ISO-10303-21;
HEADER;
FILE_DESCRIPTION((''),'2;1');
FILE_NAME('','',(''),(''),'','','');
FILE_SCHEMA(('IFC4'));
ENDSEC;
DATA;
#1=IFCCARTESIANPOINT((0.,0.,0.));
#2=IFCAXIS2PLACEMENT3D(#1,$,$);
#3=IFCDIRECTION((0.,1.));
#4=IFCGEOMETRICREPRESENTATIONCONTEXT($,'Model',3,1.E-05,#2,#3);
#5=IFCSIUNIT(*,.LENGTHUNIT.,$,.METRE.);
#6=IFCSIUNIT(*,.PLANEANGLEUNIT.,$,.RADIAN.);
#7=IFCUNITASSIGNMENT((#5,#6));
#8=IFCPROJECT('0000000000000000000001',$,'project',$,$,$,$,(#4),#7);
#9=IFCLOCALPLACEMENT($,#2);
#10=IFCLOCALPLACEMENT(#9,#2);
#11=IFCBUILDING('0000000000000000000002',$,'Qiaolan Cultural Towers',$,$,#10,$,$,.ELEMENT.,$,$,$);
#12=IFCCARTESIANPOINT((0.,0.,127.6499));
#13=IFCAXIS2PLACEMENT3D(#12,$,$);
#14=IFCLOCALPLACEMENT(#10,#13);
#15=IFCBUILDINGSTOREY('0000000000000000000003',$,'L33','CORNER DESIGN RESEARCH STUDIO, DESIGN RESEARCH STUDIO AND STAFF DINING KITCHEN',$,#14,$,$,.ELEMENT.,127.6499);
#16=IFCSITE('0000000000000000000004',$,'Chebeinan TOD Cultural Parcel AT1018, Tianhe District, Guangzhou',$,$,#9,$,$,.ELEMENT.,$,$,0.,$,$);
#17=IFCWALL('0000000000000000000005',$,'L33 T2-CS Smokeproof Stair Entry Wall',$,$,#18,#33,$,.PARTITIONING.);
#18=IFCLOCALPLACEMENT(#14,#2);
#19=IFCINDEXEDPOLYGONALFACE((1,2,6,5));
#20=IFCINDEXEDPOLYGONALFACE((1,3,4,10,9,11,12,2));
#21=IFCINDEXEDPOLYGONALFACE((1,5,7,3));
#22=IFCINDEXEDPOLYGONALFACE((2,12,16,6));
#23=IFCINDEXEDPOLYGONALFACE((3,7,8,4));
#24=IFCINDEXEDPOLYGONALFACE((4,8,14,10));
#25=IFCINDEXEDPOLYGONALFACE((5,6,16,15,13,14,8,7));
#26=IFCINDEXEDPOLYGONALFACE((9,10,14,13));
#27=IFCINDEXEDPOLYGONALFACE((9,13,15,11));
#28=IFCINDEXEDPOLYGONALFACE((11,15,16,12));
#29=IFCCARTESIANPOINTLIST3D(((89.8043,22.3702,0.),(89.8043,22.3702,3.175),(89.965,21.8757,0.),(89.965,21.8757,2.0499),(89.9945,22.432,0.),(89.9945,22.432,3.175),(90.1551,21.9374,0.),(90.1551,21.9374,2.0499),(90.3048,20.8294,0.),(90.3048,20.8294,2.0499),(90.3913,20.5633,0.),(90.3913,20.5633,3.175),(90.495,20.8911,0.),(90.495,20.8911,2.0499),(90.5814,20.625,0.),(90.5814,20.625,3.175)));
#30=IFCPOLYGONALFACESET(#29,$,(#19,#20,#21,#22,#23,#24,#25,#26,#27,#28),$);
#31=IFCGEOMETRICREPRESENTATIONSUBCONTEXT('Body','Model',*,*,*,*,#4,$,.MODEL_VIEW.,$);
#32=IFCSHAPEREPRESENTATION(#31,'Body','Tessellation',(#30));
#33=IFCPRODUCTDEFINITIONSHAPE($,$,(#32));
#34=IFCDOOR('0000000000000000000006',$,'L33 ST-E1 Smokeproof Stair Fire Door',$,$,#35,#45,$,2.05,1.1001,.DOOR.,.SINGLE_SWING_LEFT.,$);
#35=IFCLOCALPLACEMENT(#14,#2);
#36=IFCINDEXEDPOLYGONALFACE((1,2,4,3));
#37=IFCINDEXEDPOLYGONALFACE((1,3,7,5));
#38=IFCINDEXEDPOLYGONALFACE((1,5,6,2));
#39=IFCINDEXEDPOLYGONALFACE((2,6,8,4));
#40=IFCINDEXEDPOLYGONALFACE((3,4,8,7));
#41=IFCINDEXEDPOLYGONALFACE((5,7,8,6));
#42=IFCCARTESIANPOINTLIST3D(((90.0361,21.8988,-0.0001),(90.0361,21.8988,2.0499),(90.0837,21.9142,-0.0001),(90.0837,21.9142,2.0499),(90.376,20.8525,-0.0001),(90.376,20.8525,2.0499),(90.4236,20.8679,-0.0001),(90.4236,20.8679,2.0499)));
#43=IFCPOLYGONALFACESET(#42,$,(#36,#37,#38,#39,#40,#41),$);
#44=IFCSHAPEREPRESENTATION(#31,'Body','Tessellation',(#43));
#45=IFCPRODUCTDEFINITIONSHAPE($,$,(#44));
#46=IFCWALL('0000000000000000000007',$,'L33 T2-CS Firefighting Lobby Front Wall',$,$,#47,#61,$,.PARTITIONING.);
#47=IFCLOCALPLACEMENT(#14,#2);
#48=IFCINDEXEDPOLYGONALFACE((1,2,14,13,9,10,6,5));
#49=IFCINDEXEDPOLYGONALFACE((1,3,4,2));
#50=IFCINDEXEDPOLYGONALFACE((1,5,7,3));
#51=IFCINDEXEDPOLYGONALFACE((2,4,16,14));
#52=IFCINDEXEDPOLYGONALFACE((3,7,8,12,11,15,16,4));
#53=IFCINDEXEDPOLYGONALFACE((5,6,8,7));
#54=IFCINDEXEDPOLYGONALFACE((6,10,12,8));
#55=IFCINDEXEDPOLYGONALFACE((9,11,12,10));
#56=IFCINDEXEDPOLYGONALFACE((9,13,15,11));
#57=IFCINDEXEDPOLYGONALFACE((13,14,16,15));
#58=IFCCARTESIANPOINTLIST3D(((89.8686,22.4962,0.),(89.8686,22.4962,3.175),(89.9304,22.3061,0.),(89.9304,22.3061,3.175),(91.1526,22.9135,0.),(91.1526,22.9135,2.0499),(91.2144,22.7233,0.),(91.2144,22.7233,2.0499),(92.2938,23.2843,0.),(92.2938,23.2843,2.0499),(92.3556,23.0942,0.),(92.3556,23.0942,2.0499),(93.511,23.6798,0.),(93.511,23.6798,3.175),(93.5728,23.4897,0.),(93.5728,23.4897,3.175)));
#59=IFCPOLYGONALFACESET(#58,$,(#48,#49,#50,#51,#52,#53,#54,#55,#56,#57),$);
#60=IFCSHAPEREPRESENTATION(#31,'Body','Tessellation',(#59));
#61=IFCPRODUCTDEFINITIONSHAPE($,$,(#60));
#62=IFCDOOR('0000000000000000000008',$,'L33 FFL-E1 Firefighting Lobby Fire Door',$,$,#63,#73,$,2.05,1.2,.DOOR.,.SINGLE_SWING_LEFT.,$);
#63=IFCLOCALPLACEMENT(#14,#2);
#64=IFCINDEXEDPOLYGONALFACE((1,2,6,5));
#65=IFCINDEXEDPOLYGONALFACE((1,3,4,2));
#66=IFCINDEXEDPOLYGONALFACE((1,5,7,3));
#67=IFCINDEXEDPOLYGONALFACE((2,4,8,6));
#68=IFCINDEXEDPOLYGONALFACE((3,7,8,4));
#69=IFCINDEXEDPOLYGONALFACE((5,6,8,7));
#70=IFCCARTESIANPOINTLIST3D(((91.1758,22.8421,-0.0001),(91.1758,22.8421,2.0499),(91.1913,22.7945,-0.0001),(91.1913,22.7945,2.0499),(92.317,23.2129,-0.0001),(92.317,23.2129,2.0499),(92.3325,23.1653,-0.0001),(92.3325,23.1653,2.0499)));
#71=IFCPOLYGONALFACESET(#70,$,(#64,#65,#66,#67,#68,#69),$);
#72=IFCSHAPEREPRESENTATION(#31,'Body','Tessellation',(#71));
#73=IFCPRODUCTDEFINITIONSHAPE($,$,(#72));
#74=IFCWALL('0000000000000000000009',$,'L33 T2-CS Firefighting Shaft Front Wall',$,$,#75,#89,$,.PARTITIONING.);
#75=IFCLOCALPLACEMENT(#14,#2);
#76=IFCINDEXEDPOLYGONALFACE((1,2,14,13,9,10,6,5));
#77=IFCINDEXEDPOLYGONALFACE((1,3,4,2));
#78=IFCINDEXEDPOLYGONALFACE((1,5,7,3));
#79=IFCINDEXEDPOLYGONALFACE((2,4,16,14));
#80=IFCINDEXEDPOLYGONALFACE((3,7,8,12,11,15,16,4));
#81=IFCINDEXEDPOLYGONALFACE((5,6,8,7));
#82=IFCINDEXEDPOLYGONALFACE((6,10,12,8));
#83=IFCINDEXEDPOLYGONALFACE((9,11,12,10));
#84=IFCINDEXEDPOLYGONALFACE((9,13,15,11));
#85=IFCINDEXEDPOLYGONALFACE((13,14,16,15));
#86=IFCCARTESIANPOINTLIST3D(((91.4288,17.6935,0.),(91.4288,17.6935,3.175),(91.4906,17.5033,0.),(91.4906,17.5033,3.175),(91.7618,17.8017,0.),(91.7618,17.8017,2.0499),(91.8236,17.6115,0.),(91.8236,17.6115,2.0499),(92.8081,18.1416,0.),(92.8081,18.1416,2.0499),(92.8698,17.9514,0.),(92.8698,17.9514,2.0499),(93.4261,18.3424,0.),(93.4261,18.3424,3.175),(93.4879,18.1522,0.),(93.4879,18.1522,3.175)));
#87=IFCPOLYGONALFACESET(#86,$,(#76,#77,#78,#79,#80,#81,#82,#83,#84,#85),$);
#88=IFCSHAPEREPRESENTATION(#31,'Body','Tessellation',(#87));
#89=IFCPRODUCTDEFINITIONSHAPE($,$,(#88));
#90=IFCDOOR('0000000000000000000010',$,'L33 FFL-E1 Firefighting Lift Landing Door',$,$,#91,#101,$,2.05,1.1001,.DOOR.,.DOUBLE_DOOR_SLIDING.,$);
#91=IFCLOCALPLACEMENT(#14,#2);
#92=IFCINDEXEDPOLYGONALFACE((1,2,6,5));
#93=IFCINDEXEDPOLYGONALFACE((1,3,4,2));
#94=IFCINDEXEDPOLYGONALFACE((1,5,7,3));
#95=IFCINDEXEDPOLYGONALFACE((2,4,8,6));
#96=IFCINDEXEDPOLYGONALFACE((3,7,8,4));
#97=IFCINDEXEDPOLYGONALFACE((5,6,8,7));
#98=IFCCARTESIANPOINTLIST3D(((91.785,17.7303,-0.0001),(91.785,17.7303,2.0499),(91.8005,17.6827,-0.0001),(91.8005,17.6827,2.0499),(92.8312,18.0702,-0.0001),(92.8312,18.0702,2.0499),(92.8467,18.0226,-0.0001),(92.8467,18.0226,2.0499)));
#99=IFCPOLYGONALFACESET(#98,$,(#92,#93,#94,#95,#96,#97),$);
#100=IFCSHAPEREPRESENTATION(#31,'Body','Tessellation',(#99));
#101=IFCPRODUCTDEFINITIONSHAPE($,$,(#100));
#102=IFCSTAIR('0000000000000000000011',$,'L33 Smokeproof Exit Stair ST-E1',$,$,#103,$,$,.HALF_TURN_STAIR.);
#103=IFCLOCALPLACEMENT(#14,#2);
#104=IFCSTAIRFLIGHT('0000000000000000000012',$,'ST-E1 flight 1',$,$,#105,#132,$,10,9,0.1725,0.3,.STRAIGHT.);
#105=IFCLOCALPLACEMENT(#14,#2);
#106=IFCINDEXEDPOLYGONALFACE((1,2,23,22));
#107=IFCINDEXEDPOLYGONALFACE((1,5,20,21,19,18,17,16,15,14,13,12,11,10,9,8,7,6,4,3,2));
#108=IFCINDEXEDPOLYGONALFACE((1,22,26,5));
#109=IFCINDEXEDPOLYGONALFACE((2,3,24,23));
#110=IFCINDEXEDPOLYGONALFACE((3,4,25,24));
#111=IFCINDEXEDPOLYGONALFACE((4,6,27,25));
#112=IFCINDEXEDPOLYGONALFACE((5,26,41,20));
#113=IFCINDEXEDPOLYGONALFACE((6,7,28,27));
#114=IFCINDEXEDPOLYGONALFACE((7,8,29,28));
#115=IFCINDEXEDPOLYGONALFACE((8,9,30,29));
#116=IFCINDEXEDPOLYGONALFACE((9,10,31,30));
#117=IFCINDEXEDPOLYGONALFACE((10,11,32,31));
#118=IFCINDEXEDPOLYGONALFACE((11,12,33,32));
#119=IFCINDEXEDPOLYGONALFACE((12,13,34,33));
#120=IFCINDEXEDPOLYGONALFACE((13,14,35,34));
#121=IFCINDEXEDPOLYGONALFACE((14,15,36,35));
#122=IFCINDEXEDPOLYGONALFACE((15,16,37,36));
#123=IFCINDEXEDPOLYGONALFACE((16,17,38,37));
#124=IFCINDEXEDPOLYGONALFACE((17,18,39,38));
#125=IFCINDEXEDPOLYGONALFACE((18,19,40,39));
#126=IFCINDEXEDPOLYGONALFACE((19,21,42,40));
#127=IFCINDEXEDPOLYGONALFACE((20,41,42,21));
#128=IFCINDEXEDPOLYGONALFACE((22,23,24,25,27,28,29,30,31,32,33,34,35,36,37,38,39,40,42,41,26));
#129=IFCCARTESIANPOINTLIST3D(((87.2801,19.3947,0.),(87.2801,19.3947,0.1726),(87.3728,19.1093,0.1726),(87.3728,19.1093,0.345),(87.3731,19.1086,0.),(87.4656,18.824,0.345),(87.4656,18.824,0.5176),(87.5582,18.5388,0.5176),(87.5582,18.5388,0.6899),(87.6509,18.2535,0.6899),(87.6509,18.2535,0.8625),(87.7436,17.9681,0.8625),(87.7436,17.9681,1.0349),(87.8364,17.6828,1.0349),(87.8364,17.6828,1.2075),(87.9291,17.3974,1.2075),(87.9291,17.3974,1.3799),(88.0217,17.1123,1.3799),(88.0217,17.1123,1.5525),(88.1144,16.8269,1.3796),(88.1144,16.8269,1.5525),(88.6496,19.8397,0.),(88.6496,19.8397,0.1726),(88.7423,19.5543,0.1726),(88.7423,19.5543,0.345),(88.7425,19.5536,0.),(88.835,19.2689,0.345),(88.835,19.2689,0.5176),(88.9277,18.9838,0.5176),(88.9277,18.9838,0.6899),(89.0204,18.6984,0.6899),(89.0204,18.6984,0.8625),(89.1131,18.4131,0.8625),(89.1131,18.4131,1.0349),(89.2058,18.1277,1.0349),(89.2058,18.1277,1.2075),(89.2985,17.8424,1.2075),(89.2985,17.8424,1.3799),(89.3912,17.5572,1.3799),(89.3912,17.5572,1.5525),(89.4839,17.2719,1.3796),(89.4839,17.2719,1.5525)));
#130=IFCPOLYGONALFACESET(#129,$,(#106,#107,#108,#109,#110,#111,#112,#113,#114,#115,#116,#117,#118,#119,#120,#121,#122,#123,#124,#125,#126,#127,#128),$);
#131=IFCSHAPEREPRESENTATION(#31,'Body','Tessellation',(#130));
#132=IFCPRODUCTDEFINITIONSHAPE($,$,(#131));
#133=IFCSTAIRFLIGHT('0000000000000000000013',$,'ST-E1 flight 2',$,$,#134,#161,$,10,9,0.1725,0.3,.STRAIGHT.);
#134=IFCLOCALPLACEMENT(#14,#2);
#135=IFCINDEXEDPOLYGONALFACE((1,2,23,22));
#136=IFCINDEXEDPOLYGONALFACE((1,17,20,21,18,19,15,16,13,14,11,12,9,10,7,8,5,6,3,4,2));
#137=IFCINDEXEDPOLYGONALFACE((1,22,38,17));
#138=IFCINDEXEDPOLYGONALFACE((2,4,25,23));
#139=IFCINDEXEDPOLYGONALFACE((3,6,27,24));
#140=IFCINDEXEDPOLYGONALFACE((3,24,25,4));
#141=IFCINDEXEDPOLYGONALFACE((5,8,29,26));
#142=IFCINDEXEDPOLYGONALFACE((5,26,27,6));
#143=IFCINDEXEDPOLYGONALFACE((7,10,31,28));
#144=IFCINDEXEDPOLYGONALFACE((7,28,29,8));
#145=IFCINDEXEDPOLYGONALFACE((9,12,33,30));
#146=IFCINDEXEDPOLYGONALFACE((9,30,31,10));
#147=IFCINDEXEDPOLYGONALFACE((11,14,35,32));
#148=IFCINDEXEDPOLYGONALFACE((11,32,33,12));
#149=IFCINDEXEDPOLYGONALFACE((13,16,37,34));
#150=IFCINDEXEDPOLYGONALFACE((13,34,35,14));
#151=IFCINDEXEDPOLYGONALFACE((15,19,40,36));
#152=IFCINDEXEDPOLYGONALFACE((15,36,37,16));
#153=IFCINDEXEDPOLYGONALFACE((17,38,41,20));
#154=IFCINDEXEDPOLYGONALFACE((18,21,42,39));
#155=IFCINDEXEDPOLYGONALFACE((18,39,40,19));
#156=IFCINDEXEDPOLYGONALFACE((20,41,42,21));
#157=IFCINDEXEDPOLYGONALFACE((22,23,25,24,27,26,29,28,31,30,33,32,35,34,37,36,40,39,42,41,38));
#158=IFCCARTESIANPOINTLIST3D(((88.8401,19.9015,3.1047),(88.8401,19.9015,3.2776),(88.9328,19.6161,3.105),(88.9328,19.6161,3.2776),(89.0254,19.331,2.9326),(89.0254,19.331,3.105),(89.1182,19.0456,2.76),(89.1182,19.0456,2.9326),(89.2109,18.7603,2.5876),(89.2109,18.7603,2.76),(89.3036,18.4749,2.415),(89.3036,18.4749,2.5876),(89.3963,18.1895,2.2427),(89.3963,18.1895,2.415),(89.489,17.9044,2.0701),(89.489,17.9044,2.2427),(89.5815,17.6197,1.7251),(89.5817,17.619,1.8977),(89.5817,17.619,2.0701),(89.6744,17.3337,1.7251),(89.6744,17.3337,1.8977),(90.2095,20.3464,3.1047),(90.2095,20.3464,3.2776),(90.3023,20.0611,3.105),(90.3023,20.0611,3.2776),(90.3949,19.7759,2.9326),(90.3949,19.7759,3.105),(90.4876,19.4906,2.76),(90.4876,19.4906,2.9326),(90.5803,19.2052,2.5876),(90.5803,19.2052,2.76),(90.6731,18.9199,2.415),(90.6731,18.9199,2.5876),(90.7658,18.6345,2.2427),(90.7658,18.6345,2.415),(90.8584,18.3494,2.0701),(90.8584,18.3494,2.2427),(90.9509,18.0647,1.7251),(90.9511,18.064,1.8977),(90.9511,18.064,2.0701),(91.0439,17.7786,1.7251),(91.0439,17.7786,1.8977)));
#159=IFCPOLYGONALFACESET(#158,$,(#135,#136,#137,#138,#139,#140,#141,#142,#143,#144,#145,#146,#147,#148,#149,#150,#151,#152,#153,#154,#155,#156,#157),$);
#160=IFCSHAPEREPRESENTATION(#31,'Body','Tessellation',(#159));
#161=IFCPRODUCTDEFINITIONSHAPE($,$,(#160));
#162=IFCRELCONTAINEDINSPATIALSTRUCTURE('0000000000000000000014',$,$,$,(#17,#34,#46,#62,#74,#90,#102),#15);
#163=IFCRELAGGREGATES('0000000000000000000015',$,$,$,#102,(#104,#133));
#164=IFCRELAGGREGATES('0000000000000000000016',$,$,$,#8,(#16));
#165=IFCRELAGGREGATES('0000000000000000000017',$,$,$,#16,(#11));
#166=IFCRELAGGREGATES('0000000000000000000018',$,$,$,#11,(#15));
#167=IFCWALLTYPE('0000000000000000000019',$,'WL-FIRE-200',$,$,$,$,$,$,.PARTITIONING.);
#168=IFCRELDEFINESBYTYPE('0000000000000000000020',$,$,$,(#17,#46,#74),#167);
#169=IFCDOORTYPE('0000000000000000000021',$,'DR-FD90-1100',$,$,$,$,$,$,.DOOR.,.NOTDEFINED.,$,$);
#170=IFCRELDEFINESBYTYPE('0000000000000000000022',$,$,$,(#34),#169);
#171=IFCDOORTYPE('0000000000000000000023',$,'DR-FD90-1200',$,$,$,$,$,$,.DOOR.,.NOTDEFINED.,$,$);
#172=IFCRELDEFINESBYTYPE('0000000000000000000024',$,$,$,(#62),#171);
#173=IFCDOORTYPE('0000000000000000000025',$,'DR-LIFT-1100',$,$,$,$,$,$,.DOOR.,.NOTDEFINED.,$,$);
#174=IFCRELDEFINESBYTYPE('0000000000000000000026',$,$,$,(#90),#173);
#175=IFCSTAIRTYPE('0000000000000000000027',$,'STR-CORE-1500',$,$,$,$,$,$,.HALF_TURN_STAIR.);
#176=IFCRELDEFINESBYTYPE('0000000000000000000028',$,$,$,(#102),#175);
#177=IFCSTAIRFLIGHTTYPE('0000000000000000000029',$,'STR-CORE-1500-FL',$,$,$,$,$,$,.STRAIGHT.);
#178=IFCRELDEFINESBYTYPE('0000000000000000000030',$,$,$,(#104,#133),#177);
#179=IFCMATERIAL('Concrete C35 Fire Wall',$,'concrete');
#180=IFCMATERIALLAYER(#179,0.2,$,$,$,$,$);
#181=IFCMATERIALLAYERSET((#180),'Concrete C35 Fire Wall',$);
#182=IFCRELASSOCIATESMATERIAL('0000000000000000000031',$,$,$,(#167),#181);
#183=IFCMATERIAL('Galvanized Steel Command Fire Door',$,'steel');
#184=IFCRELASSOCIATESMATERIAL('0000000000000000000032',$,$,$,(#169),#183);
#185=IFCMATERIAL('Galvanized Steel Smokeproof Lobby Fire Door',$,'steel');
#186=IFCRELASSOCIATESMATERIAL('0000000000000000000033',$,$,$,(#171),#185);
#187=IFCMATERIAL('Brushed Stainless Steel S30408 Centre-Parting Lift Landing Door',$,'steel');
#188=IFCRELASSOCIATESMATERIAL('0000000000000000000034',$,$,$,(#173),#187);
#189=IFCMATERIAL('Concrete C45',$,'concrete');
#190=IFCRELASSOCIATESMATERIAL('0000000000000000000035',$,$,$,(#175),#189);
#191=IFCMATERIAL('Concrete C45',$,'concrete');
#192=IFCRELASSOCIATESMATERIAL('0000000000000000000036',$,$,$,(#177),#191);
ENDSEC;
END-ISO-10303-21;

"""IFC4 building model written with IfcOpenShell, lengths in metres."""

from ifc_helpers import new_model, si_unit, direction, frame, frame_2d, origin, place, context, subcontext, project, spatial, polyline, rectangle, outline, extrude, material, layer, layer_set, type_object, element, fill, aggregate, save


model = new_model("IFC4")

# Units and contexts
model_context = context("Model", 3, precision=1e-05, world=origin(), true_north=direction((0.0, 1.0)))
body_context = subcontext(model_context, "Body", "Model", "MODEL_VIEW")
ifc_project = project(units=[si_unit("LENGTHUNIT", "METRE"), si_unit("PLANEANGLEUNIT", "RADIAN")], contexts=[model_context])

# Site, building, storey
site_placement = place(None, origin())
site = spatial("IfcSite", under=ifc_project, at=site_placement, Name="Chebeinan TOD Cultural Parcel AT1018, Tianhe District, Guangzhou", CompositionType="ELEMENT", RefElevation=0.0)
building_placement = place(site_placement, origin())
building = spatial("IfcBuilding", under=site, at=building_placement, Name="Qiaolan Cultural Towers", CompositionType="ELEMENT")
storey_placement = place(building_placement, frame((0.0, 0.0, 127.6499)))
storey = spatial("IfcBuildingStorey", under=building, at=storey_placement, Name="L33", Description="CORNER DESIGN RESEARCH STUDIO, DESIGN RESEARCH STUDIO AND STAFF DINING KITCHEN", CompositionType="ELEMENT", Elevation=127.6499)

# Walls, openings, doors
ifc_material_1 = material(Name="Concrete C35 Fire Wall", Category="concrete")
ifc_layer_1 = layer(ifc_material_1, 0.2)
ifc_layer_set_1 = layer_set([ifc_layer_1], Name="Concrete C35 Fire Wall")
wall_type_1 = type_object("IfcWallType", Name="WL-FIRE-200", PredefinedType="PARTITIONING", material=ifc_layer_set_1)
wall_1_placement = place(storey_placement, frame((89.8994, 22.4011, 0.0), z_axis=(0.0, 0.0, 1.0), x_axis=(0.308932, -0.951084, 0.0)))
wall_1 = element("IfcWall", 1, at=wall_1_placement, inside=storey, type_object=wall_type_1, Name="L33 T2-CS Smokeproof Stair Entry Wall", PredefinedType="PARTITIONING", context=body_context, shape_type="SweptSolid", body=[
    extrude(rectangle(XDim=1.8999, YDim=0.2, at=frame_2d((0.95, 0.0))), origin(), (0.0, 0.0, 1.0), 3.175),
])
opening_1_placement = place(wall_1_placement, frame((0.52, 0.0, 0.0)))
opening_1 = element("IfcOpeningElement", 2, at=opening_1_placement, cuts=wall_1, PredefinedType="OPENING", context=body_context, shape_type="SweptSolid", body=[
    extrude(rectangle(XDim=1.1001, YDim=2.05, at=frame_2d((0.55, 1.0249))), frame((0.0, 0.1099, 0.0), z_axis=(0.0, -1.0, 0.0), x_axis=(1.0, 0.0, 0.0)), (0.0, 0.0, 1.0), 0.22),
])
ifc_material_2 = material(Name="Galvanized Steel Command Fire Door", Category="steel")
door_type_1 = type_object("IfcDoorType", Name="DR-FD90-1100", OperationType="NOTDEFINED", PredefinedType="DOOR", material=ifc_material_2)
door_1_placement = place(opening_1_placement, origin())
door_1 = element("IfcDoor", 3, at=door_1_placement, inside=storey, type_object=door_type_1, Name="L33 ST-E1 Smokeproof Stair Fire Door", OperationType="SINGLE_SWING_LEFT", OverallHeight=2.05, OverallWidth=1.1001, PredefinedType="DOOR", context=body_context, shape_type="SweptSolid", body=[
    extrude(rectangle(XDim=1.1001, YDim=2.05, at=frame_2d((0.55, 1.0249))), frame((0.0, 0.0249, 0.0), z_axis=(0.0, -1.0, 0.0), x_axis=(1.0, 0.0, 0.0)), (0.0, 0.0, 1.0), 0.05),
])
fill(opening_1, door_1)
wall_2_placement = place(storey_placement, frame((89.8994, 22.4011, 0.0), z_axis=(0.0, 0.0, 1.0), x_axis=(0.951047, 0.309047, 0.0)))
wall_2 = element("IfcWall", 4, at=wall_2_placement, inside=storey, type_object=wall_type_1, Name="L33 T2-CS Firefighting Lobby Front Wall", PredefinedType="PARTITIONING", context=body_context, shape_type="SweptSolid", body=[
    extrude(rectangle(XDim=3.8298, YDim=0.2, at=frame_2d((1.915, 0.0))), origin(), (0.0, 0.0, 1.0), 3.175),
])
opening_2_placement = place(wall_2_placement, frame((1.3501, 0.0, 0.0)))
opening_2 = element("IfcOpeningElement", 5, at=opening_2_placement, cuts=wall_2, PredefinedType="OPENING", context=body_context, shape_type="SweptSolid", body=[
    extrude(rectangle(XDim=1.2, YDim=2.05, at=frame_2d((0.6001, 1.0249))), frame((0.0, 0.1099, 0.0), z_axis=(0.0, -1.0, 0.0), x_axis=(1.0, 0.0, 0.0)), (0.0, 0.0, 1.0), 0.22),
])
ifc_material_3 = material(Name="Galvanized Steel Smokeproof Lobby Fire Door", Category="steel")
door_type_2 = type_object("IfcDoorType", Name="DR-FD90-1200", OperationType="NOTDEFINED", PredefinedType="DOOR", material=ifc_material_3)
door_2_placement = place(opening_2_placement, origin())
door_2 = element("IfcDoor", 6, at=door_2_placement, inside=storey, type_object=door_type_2, Name="L33 FFL-E1 Firefighting Lobby Fire Door", OperationType="SINGLE_SWING_LEFT", OverallHeight=2.05, OverallWidth=1.2, PredefinedType="DOOR", context=body_context, shape_type="SweptSolid", body=[
    extrude(rectangle(XDim=1.2, YDim=2.05, at=frame_2d((0.6001, 1.0249))), frame((0.0, 0.0249, 0.0), z_axis=(0.0, -1.0, 0.0), x_axis=(1.0, 0.0, 0.0)), (0.0, 0.0, 1.0), 0.05),
])
fill(opening_2, door_2)
wall_3_placement = place(storey_placement, frame((91.4597, 17.5984, 0.0), z_axis=(0.0, 0.0, 1.0), x_axis=(0.951062, 0.308999, 0.0)))
wall_3 = element("IfcWall", 7, at=wall_3_placement, inside=storey, type_object=wall_type_1, Name="L33 T2-CS Firefighting Shaft Front Wall", PredefinedType="PARTITIONING", context=body_context, shape_type="SweptSolid", body=[
    extrude(rectangle(XDim=2.1001, YDim=0.2, at=frame_2d((1.05, 0.0))), origin(), (0.0, 0.0, 1.0), 3.175),
])
opening_3_placement = place(wall_3_placement, frame((0.3501, 0.0, 0.0)))
opening_3 = element("IfcOpeningElement", 8, at=opening_3_placement, cuts=wall_3, PredefinedType="OPENING", context=body_context, shape_type="SweptSolid", body=[
    extrude(rectangle(XDim=1.1001, YDim=2.05, at=frame_2d((0.55, 1.0249))), frame((0.0, 0.1099, 0.0), z_axis=(0.0, -1.0, 0.0), x_axis=(1.0, 0.0, 0.0)), (0.0, 0.0, 1.0), 0.22),
])
ifc_material_4 = material(Name="Brushed Stainless Steel S30408 Centre-Parting Lift Landing Door", Category="steel")
door_type_3 = type_object("IfcDoorType", Name="DR-LIFT-1100", OperationType="NOTDEFINED", PredefinedType="DOOR", material=ifc_material_4)
door_3_placement = place(opening_3_placement, origin())
door_3 = element("IfcDoor", 9, at=door_3_placement, inside=storey, type_object=door_type_3, Name="L33 FFL-E1 Firefighting Lift Landing Door", OperationType="DOUBLE_DOOR_SLIDING", OverallHeight=2.05, OverallWidth=1.1001, PredefinedType="DOOR", context=body_context, shape_type="SweptSolid", body=[
    extrude(rectangle(XDim=1.1001, YDim=2.05, at=frame_2d((0.55, 1.0249))), frame((0.0, 0.0249, 0.0), z_axis=(0.0, -1.0, 0.0), x_axis=(1.0, 0.0, 0.0)), (0.0, 0.0, 1.0), 0.05),
])
fill(opening_3, door_3)

# Stair, stair flights
ifc_material_5 = material(Name="Concrete C45", Category="concrete")
stair_type = type_object("IfcStairType", Name="STR-CORE-1500", PredefinedType="HALF_TURN_STAIR", material=ifc_material_5)
stair_placement = place(storey_placement, origin())
stair = element("IfcStair", 10, at=stair_placement, inside=storey, type_object=stair_type, Name="L33 Smokeproof Exit Stair ST-E1", PredefinedType="HALF_TURN_STAIR")
ifc_material_6 = material(Name="Concrete C45", Category="concrete")
stair_flight_type = type_object("IfcStairFlightType", Name="STR-CORE-1500-FL", PredefinedType="STRAIGHT", material=ifc_material_6)
stair_flight_1_placement = place(storey_placement, frame((87.9648, 19.6172, 0.0), z_axis=(0.0, 0.0, 1.0), x_axis=(0.309017, -0.951057, 0.0)))
stair_flight_1 = element("IfcStairFlight", 11, at=stair_flight_1_placement, type_object=stair_flight_type, Name="ST-E1 flight 1", NumberOfRisers=10, NumberOfTreads=9, PredefinedType="STRAIGHT", RiserHeight=0.1725, TreadLength=0.3, context=body_context, shape_type="SweptSolid", body=[
    extrude(outline(polyline([(0.0, 0.0), (0.0, 0.1726), (0.3, 0.1726), (0.3, 0.345), (0.6001, 0.345), (0.6001, 0.5176), (0.8999, 0.5176), (0.8999, 0.6899), (1.2, 0.6899), (1.2, 0.8625), (1.5, 0.8625), (1.5, 1.0349), (1.8, 1.0349), (1.8, 1.2075), (2.1001, 1.2075), (2.1001, 1.3799), (2.3999, 1.3799), (2.3999, 1.5525), (2.7, 1.5525), (2.7, 1.7251), (2.7, 1.3796), (0.3008, 0.0), (0.0, 0.0)])), frame((0.0, 0.72, 0.0), z_axis=(0.0, -1.0, 0.0), x_axis=(1.0, 0.0, 0.0)), (0.0, 0.0, 1.0), 1.4399),
])
stair_flight_2_placement = place(storey_placement, frame((90.3591, 17.5562, 1.7251), z_axis=(0.0, 0.0, 1.0), x_axis=(-0.309017, 0.951057, 0.0)))
stair_flight_2 = element("IfcStairFlight", 12, at=stair_flight_2_placement, type_object=stair_flight_type, Name="ST-E1 flight 2", NumberOfRisers=10, NumberOfTreads=9, PredefinedType="STRAIGHT", RiserHeight=0.1725, TreadLength=0.3, context=body_context, shape_type="SweptSolid", body=[
    extrude(outline(polyline([(0.0, 0.0), (0.0, 0.1726), (0.3, 0.1726), (0.3, 0.345), (0.6001, 0.345), (0.6001, 0.5176), (0.8999, 0.5176), (0.8999, 0.6899), (1.2, 0.6899), (1.2, 0.8625), (1.5, 0.8625), (1.5, 1.0349), (1.8, 1.0349), (1.8, 1.2075), (2.1001, 1.2075), (2.1001, 1.3799), (2.3999, 1.3799), (2.3999, 1.5525), (2.7, 1.5525), (2.7, 1.7251), (2.7, 1.3796), (0.3008, 0.0), (0.0, 0.0)])), frame((0.0, 0.72, 0.0), z_axis=(0.0, -1.0, 0.0), x_axis=(1.0, 0.0, 0.0)), (0.0, 0.0, 1.0), 1.4399),
])
aggregate(stair, [stair_flight_1, stair_flight_2])

save(model, "model.ifc")
